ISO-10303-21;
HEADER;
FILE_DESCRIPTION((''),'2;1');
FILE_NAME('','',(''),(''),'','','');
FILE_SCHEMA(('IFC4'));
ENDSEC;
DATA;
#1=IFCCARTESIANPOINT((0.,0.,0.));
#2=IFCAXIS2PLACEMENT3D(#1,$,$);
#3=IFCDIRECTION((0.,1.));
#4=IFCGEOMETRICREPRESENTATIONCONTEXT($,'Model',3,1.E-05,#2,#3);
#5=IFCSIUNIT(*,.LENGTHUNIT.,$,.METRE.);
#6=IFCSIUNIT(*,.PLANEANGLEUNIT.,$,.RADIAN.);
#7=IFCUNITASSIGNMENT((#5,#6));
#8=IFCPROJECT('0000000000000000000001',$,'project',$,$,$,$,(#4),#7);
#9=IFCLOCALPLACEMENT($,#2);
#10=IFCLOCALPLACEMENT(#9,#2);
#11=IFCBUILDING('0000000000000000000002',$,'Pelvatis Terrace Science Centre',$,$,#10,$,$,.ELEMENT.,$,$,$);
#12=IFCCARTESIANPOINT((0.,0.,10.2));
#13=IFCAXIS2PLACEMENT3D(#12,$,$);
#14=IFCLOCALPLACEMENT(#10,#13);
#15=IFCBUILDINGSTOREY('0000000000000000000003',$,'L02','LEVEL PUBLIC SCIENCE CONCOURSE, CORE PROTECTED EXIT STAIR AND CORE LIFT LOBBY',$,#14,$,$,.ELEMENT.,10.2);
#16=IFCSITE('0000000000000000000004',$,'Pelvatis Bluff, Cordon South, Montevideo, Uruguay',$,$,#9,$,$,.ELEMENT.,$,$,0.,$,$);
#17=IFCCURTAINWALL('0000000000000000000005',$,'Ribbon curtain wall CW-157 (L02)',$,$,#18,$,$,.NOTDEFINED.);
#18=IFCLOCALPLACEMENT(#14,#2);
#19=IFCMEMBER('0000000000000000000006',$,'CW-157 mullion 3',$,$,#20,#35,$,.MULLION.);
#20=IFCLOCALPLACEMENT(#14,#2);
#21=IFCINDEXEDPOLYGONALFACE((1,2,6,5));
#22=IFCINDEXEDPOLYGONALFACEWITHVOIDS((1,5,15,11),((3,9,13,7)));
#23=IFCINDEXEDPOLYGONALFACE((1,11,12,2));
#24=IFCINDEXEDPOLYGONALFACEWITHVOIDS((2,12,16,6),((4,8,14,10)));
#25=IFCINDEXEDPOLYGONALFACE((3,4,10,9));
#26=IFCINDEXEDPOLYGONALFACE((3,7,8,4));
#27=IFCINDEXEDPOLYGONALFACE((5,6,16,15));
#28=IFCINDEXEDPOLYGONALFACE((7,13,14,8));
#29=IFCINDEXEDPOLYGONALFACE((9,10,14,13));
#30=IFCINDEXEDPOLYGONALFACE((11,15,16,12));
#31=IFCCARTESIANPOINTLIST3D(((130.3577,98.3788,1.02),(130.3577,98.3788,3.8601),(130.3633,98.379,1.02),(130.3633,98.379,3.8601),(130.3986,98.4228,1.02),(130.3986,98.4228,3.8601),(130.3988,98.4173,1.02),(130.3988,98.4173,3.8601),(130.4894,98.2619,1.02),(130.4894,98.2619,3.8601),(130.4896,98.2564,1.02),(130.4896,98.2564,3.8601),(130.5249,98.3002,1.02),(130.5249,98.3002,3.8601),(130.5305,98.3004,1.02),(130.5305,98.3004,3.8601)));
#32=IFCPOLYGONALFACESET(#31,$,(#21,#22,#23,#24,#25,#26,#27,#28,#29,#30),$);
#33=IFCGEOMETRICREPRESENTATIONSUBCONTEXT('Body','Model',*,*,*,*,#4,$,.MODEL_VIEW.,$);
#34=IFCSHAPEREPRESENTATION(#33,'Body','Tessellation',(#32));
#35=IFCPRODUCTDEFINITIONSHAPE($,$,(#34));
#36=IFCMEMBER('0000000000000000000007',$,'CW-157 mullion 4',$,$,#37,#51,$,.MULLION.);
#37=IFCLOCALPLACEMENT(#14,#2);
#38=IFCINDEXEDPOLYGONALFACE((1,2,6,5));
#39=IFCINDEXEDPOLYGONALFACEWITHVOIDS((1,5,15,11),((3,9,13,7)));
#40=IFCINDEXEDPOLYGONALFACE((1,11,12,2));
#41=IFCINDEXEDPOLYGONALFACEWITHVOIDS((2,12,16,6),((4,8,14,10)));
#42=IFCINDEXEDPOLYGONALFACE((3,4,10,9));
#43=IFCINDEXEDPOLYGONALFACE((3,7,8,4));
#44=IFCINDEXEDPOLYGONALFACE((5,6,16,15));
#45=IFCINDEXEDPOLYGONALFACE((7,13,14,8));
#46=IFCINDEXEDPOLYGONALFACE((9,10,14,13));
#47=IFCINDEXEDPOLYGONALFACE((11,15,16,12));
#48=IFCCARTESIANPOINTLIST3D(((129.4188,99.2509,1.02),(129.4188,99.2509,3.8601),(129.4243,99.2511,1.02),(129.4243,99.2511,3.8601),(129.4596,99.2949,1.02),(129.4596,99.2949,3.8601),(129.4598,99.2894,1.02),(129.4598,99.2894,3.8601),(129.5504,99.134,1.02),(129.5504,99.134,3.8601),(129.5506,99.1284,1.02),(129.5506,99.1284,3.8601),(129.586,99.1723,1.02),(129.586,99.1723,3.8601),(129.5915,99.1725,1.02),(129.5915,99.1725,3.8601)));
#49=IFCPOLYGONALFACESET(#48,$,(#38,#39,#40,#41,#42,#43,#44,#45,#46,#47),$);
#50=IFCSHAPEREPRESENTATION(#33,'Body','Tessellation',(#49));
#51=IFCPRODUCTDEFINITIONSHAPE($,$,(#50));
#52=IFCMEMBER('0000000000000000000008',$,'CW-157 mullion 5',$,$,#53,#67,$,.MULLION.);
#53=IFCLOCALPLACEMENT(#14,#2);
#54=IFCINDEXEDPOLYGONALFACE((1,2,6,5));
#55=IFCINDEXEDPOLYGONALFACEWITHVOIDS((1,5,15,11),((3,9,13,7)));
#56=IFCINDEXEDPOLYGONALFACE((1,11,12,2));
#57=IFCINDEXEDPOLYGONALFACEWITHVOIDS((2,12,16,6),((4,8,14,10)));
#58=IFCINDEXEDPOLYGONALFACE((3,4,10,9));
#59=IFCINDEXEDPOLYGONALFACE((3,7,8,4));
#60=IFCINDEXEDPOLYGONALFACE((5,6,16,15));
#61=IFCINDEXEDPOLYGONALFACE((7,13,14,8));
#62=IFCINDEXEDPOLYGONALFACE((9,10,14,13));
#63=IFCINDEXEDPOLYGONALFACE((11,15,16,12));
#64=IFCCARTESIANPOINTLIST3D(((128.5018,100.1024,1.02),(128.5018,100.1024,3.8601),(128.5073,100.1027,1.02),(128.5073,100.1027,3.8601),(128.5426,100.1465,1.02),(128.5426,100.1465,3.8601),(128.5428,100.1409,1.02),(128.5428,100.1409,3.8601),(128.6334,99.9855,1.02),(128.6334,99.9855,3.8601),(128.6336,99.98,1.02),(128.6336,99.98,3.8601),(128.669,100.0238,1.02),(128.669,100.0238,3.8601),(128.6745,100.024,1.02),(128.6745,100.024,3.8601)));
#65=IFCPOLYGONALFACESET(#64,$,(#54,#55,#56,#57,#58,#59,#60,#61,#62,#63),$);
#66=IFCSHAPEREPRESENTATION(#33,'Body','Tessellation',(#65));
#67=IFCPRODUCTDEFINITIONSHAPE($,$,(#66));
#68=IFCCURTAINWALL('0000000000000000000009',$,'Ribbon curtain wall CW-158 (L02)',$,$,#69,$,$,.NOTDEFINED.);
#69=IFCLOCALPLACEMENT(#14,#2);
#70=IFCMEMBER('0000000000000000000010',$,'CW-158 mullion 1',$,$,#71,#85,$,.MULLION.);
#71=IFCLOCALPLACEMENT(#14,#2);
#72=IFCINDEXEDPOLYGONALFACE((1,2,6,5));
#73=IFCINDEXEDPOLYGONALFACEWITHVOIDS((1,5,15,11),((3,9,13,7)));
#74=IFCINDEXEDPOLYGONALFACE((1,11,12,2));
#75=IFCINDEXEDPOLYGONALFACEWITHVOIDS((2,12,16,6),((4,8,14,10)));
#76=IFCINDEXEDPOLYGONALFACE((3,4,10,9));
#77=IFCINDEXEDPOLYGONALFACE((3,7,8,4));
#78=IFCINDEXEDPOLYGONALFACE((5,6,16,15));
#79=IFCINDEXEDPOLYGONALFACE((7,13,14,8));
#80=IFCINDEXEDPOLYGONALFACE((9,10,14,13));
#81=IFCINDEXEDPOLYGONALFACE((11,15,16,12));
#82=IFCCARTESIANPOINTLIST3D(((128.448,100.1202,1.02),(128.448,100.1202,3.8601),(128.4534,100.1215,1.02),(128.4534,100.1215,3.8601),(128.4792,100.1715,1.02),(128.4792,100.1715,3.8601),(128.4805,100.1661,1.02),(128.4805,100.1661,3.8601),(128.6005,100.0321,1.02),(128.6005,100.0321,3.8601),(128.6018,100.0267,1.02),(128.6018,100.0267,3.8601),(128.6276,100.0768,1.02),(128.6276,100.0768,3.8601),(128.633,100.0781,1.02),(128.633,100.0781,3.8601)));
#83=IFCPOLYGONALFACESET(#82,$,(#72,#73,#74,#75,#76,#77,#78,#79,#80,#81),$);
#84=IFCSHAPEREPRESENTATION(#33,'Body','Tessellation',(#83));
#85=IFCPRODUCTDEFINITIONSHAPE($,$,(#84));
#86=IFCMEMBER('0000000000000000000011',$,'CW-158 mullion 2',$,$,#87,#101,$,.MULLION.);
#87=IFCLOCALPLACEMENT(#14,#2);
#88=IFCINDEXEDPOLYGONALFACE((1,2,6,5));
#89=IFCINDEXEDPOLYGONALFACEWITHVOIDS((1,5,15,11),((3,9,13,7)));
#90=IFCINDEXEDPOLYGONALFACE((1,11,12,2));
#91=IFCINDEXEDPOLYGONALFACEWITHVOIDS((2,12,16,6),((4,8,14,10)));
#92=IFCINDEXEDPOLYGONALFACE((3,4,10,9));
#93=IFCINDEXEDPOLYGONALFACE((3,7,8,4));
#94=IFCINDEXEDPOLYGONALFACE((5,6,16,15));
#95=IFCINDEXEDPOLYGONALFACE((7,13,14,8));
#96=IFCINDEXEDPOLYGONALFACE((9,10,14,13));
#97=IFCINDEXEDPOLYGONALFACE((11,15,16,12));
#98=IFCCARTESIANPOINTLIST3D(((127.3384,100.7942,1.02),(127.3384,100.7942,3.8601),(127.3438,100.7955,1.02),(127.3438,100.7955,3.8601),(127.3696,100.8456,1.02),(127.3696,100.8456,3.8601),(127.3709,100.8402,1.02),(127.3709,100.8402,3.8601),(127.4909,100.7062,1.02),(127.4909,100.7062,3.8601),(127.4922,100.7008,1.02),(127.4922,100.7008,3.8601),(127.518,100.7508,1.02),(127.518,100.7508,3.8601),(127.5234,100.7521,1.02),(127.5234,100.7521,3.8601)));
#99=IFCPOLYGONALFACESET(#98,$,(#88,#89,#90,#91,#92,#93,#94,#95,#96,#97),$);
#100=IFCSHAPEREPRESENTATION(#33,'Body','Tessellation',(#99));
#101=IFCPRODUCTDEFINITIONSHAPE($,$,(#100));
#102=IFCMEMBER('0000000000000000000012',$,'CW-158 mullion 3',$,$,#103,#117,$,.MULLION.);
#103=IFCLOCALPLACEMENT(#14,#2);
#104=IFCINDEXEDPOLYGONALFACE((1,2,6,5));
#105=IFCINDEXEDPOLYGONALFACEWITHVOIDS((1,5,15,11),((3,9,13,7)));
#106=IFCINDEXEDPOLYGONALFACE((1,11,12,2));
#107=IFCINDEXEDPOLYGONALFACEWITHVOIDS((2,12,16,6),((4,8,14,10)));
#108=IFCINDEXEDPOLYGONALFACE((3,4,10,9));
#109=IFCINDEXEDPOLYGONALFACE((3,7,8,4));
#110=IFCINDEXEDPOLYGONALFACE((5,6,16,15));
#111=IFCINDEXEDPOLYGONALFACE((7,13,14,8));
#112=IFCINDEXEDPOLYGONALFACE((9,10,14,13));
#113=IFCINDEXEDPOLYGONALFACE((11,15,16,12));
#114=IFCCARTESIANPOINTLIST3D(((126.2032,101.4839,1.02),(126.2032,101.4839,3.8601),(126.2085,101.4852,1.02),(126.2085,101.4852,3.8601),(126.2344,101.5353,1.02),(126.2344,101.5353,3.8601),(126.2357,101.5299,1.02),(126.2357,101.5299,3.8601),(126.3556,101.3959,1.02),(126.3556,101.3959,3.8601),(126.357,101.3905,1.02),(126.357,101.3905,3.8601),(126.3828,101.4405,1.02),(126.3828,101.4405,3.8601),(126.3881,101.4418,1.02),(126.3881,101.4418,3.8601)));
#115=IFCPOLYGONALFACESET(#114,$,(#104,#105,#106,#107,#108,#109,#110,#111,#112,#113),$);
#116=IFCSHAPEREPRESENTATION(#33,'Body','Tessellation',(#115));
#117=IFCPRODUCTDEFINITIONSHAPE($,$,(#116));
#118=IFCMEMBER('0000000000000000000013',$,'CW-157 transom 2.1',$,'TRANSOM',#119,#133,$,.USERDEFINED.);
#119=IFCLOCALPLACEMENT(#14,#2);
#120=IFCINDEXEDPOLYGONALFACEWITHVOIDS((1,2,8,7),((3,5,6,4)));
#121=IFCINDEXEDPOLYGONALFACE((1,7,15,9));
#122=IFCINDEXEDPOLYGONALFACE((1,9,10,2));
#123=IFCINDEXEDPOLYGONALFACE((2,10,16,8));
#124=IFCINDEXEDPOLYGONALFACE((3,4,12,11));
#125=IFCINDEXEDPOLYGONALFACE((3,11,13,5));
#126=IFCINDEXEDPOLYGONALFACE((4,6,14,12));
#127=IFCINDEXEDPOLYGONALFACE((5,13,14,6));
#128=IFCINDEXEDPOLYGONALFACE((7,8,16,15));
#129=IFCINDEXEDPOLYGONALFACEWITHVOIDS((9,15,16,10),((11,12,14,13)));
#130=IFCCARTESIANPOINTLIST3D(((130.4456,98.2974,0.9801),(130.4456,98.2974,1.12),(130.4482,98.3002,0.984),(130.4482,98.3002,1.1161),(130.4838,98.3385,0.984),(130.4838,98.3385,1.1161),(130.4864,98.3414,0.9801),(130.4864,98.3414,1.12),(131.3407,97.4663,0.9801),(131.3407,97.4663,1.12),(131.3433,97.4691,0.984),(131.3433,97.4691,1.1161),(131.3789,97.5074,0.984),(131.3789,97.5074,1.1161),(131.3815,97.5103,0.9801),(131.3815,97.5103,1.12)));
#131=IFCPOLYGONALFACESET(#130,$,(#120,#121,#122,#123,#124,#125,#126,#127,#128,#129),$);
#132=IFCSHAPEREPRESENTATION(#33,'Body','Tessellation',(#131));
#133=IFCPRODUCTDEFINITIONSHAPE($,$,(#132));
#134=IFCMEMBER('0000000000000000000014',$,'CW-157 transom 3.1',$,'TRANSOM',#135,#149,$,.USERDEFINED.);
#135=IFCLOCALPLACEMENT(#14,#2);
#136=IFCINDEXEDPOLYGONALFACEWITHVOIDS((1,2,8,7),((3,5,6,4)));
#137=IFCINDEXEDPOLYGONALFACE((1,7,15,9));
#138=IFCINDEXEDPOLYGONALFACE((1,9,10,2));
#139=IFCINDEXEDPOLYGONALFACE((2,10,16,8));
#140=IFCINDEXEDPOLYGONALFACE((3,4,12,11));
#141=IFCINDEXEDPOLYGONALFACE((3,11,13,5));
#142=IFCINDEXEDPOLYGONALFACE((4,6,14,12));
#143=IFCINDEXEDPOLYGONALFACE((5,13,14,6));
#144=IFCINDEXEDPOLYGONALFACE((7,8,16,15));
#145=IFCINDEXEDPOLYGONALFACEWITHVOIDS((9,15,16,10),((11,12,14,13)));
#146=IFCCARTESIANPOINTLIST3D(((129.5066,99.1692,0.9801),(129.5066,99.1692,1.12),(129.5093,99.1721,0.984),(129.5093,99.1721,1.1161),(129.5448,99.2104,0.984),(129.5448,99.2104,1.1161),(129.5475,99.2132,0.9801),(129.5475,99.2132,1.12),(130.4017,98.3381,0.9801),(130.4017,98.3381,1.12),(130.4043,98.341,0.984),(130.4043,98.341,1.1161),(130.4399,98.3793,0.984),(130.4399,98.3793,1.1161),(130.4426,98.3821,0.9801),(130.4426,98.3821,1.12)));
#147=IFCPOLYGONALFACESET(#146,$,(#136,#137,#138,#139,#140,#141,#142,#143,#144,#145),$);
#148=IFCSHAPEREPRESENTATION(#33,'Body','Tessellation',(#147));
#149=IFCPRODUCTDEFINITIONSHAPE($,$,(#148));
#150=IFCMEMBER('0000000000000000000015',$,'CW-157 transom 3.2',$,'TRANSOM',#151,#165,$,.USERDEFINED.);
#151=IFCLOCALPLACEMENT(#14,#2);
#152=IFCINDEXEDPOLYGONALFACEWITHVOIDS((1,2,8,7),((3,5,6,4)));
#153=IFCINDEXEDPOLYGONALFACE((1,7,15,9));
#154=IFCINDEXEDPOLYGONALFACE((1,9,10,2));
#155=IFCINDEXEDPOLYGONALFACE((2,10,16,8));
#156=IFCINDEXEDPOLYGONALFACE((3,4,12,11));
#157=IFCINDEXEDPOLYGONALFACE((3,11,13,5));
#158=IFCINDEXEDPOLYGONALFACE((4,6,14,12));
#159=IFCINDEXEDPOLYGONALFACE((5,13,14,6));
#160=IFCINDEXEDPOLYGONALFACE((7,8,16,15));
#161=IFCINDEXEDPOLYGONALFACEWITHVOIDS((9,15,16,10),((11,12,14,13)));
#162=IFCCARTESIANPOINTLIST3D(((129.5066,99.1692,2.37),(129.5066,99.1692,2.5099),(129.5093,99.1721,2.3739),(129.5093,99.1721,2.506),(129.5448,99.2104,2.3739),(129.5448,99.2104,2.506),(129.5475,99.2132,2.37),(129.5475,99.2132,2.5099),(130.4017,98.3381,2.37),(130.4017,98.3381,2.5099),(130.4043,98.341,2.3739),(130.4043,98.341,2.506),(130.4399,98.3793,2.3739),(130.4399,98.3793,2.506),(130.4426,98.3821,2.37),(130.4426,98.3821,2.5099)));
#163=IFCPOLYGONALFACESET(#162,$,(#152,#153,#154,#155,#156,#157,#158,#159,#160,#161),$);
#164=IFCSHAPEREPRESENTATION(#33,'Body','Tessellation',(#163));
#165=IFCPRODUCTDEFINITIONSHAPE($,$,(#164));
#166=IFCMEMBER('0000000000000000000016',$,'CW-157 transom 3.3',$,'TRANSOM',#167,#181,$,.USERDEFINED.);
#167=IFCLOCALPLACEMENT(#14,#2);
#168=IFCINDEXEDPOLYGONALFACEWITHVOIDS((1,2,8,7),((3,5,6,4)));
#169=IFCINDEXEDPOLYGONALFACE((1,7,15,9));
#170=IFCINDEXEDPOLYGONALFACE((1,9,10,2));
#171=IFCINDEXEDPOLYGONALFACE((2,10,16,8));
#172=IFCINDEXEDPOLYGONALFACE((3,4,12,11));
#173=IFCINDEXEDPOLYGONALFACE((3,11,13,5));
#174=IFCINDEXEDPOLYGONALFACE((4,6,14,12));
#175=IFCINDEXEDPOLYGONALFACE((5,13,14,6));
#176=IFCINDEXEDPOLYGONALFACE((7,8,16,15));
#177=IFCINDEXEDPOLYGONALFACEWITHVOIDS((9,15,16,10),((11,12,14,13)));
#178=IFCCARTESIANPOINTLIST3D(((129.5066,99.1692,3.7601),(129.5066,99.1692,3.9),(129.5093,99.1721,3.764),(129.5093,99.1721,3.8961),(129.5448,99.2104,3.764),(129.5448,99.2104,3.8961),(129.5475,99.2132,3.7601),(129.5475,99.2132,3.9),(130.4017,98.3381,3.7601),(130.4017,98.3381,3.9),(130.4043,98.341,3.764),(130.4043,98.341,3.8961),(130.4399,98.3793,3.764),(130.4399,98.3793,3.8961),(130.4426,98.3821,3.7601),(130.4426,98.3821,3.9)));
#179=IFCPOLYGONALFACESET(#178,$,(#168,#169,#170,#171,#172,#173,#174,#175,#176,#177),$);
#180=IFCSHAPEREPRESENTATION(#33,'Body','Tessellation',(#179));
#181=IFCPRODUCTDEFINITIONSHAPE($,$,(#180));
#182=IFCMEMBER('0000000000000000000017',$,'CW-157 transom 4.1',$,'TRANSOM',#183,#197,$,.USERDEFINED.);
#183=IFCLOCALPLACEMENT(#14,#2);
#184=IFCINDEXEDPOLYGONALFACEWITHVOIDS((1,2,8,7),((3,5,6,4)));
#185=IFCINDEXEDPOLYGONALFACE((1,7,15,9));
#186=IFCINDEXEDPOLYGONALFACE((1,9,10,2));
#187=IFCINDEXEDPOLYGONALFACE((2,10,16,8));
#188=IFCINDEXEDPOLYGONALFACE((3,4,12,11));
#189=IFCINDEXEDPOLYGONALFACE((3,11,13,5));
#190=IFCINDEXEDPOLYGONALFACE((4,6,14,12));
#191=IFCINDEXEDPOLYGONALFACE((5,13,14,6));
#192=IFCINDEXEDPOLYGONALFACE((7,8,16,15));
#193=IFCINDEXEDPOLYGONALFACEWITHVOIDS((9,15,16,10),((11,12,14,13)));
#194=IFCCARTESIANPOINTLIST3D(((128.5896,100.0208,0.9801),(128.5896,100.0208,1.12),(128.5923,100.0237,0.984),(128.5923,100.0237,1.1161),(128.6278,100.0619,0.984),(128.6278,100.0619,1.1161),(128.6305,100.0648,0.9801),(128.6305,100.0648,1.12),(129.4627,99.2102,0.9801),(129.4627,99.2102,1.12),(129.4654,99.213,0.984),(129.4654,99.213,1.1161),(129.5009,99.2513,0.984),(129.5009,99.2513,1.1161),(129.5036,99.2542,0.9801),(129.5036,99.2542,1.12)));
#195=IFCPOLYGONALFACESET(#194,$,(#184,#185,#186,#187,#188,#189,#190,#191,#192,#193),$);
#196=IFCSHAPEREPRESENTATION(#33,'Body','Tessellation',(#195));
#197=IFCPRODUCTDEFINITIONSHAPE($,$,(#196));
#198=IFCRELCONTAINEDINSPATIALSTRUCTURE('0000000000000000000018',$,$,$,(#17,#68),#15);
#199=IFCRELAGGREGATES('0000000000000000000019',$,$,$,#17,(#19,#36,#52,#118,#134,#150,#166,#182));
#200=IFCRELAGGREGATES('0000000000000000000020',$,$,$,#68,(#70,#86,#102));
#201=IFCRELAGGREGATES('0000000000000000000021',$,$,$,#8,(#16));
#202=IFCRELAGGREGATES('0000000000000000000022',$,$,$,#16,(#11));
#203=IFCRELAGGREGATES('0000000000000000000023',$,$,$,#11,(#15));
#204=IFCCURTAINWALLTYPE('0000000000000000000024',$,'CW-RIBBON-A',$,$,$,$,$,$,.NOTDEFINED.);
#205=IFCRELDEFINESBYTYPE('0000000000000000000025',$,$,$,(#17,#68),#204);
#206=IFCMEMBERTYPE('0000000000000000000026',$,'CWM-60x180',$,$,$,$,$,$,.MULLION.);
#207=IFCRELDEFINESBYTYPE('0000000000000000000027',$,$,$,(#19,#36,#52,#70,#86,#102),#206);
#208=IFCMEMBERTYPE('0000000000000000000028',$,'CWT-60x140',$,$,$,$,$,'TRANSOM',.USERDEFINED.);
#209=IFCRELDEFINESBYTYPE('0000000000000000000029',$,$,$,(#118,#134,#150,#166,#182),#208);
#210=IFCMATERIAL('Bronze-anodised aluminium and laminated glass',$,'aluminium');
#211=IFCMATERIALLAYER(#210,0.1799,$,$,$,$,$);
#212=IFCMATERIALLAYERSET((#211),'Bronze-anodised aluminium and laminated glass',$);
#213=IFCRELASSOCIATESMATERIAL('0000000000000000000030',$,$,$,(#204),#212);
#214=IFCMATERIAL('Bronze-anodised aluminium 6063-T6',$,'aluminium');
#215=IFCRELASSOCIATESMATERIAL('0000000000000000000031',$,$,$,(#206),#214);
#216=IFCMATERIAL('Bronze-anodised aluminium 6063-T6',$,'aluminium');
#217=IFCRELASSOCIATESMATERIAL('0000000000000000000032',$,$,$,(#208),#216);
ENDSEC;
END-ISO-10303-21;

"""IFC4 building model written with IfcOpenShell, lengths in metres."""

from ifc_helpers import new_model, si_unit, direction, frame, origin, origin_2d, place, context, subcontext, project, spatial, hollow_rectangle, extrude, material, layer, layer_set, material_profile, profile_set, type_object, element, aggregate, save


model = new_model("IFC4")

# Units and contexts
model_context = context("Model", 3, precision=1e-05, world=origin(), true_north=direction((0.0, 1.0)))
body_context = subcontext(model_context, "Body", "Model", "MODEL_VIEW")
ifc_project = project(units=[si_unit("LENGTHUNIT", "METRE"), si_unit("PLANEANGLEUNIT", "RADIAN")], contexts=[model_context])

# Site, building, storey
site_placement = place(None, origin())
site = spatial("IfcSite", under=ifc_project, at=site_placement, Name="Pelvatis Bluff, Cordon South, Montevideo, Uruguay", CompositionType="ELEMENT", RefElevation=0.0)
building_placement = place(site_placement, origin())
building = spatial("IfcBuilding", under=site, at=building_placement, Name="Pelvatis Terrace Science Centre", CompositionType="ELEMENT")
storey_placement = place(building_placement, frame((0.0, 0.0, 10.2)))
storey = spatial("IfcBuildingStorey", under=building, at=storey_placement, Name="L02", Description="LEVEL PUBLIC SCIENCE CONCOURSE, CORE PROTECTED EXIT STAIR AND CORE LIFT LOBBY", CompositionType="ELEMENT", Elevation=10.2)

# Curtain walls, members
ifc_material_1 = material(Name="Bronze-anodised aluminium and laminated glass", Category="aluminium")
ifc_layer_1 = layer(ifc_material_1, 0.1799)
ifc_layer_set_1 = layer_set([ifc_layer_1], Name="Bronze-anodised aluminium and laminated glass")
curtain_wall_type = type_object("IfcCurtainWallType", Name="CW-RIBBON-A", PredefinedType="NOTDEFINED", material=ifc_layer_set_1)
curtain_wall_1_placement = place(storey_placement, origin())
curtain_wall_1 = element("IfcCurtainWall", 1, at=curtain_wall_1_placement, inside=storey, type_object=curtain_wall_type, Name="Ribbon curtain wall CW-157 (L02)", PredefinedType="NOTDEFINED")
ifc_material_2 = material(Name="Bronze-anodised aluminium 6063-T6", Category="aluminium")
ifc_material_profile_1 = material_profile(ifc_material_2, hollow_rectangle(XDim=0.0601, YDim=0.1799, WallThickness=0.0039, at=origin_2d()), Name="ALU-MUL 60x180")
ifc_profile_set_1 = profile_set([ifc_material_profile_1], Name="Bronze-anodised aluminium 6063-T6")
member_type_1 = type_object("IfcMemberType", Name="CWM-60x180", PredefinedType="MULLION", material=ifc_profile_set_1)
member_1_placement = place(storey_placement, frame((130.4441, 98.3396, 1.02), z_axis=(0.0, 0.0, 1.0), x_axis=(-0.68047, -0.732776, 0.0)))
member_1 = element("IfcMember", 2, at=member_1_placement, type_object=member_type_1, Name="CW-157 mullion 3", PredefinedType="MULLION", context=body_context, shape_type="SweptSolid", body=[
    extrude(hollow_rectangle(XDim=0.0601, YDim=0.1799, WallThickness=0.0039, at=origin_2d()), origin(), (0.0, 0.0, 1.0), 2.8401),
])
member_2_placement = place(storey_placement, frame((129.5051, 99.2117, 1.02), z_axis=(0.0, 0.0, 1.0), x_axis=(-0.68047, -0.732776, 0.0)))
member_2 = element("IfcMember", 3, at=member_2_placement, type_object=member_type_1, Name="CW-157 mullion 4", PredefinedType="MULLION", context=body_context, shape_type="SweptSolid", body=[
    extrude(hollow_rectangle(XDim=0.0601, YDim=0.1799, WallThickness=0.0039, at=origin_2d()), origin(), (0.0, 0.0, 1.0), 2.8401),
])
member_3_placement = place(storey_placement, frame((128.5881, 100.0632, 1.02), z_axis=(0.0, 0.0, 1.0), x_axis=(-0.68047, -0.732776, 0.0)))
member_3 = element("IfcMember", 4, at=member_3_placement, type_object=member_type_1, Name="CW-157 mullion 5", PredefinedType="MULLION", context=body_context, shape_type="SweptSolid", body=[
    extrude(hollow_rectangle(XDim=0.0601, YDim=0.1799, WallThickness=0.0039, at=origin_2d()), origin(), (0.0, 0.0, 1.0), 2.8401),
])
curtain_wall_2_placement = place(storey_placement, origin())
curtain_wall_2 = element("IfcCurtainWall", 5, at=curtain_wall_2_placement, inside=storey, type_object=curtain_wall_type, Name="Ribbon curtain wall CW-158 (L02)", PredefinedType="NOTDEFINED")
member_4_placement = place(storey_placement, frame((128.5405, 100.0991, 1.02), z_axis=(0.0, 0.0, 1.0), x_axis=(-0.51919, -0.854659, 0.0)))
member_4 = element("IfcMember", 6, at=member_4_placement, type_object=member_type_1, Name="CW-158 mullion 1", PredefinedType="MULLION", context=body_context, shape_type="SweptSolid", body=[
    extrude(hollow_rectangle(XDim=0.0601, YDim=0.1799, WallThickness=0.0039, at=origin_2d()), origin(), (0.0, 0.0, 1.0), 2.8401),
])
member_5_placement = place(storey_placement, frame((127.4309, 100.7732, 1.02), z_axis=(0.0, 0.0, 1.0), x_axis=(-0.51919, -0.854659, 0.0)))
member_5 = element("IfcMember", 7, at=member_5_placement, type_object=member_type_1, Name="CW-158 mullion 2", PredefinedType="MULLION", context=body_context, shape_type="SweptSolid", body=[
    extrude(hollow_rectangle(XDim=0.0601, YDim=0.1799, WallThickness=0.0039, at=origin_2d()), origin(), (0.0, 0.0, 1.0), 2.8401),
])
member_6_placement = place(storey_placement, frame((126.2957, 101.4629, 1.02), z_axis=(0.0, 0.0, 1.0), x_axis=(-0.51919, -0.854659, 0.0)))
member_6 = element("IfcMember", 8, at=member_6_placement, type_object=member_type_1, Name="CW-158 mullion 3", PredefinedType="MULLION", context=body_context, shape_type="SweptSolid", body=[
    extrude(hollow_rectangle(XDim=0.0601, YDim=0.1799, WallThickness=0.0039, at=origin_2d()), origin(), (0.0, 0.0, 1.0), 2.8401),
])

# Members
ifc_material_3 = material(Name="Bronze-anodised aluminium 6063-T6", Category="aluminium")
ifc_material_profile_2 = material_profile(ifc_material_3, hollow_rectangle(XDim=0.0601, YDim=0.1399, WallThickness=0.0039, at=origin_2d()), Name="ALU-TRN 60x140")
ifc_profile_set_2 = profile_set([ifc_material_profile_2], Name="Bronze-anodised aluminium 6063-T6")
member_type_2 = type_object("IfcMemberType", Name="CWT-60x140", ElementType="TRANSOM", PredefinedType="USERDEFINED", material=ifc_profile_set_2)
member_7_placement = place(storey_placement, frame((131.3611, 97.4883, 1.05), z_axis=(-0.732808, 0.680436, 0.0), x_axis=(-0.680436, -0.732808, 0.0)))
member_7 = element("IfcMember", 9, at=member_7_placement, type_object=member_type_2, Name="CW-157 transom 2.1", ObjectType="TRANSOM", PredefinedType="USERDEFINED", context=body_context, shape_type="SweptSolid", body=[
    extrude(hollow_rectangle(XDim=0.0601, YDim=0.1399, WallThickness=0.0039, at=origin_2d()), origin(), (0.0, 0.0, 1.0), 1.2214),
])
member_8_placement = place(storey_placement, frame((130.4221, 98.3601, 1.05), z_axis=(-0.732808, 0.680436, 0.0), x_axis=(-0.680436, -0.732808, 0.0)))
member_8 = element("IfcMember", 10, at=member_8_placement, type_object=member_type_2, Name="CW-157 transom 3.1", ObjectType="TRANSOM", PredefinedType="USERDEFINED", context=body_context, shape_type="SweptSolid", body=[
    extrude(hollow_rectangle(XDim=0.0601, YDim=0.1399, WallThickness=0.0039, at=origin_2d()), origin(), (0.0, 0.0, 1.0), 1.2214),
])
member_9_placement = place(storey_placement, frame((130.4221, 98.3601, 2.4399), z_axis=(-0.732808, 0.680436, 0.0), x_axis=(-0.680436, -0.732808, 0.0)))
member_9 = element("IfcMember", 11, at=member_9_placement, type_object=member_type_2, Name="CW-157 transom 3.2", ObjectType="TRANSOM", PredefinedType="USERDEFINED", context=body_context, shape_type="SweptSolid", body=[
    extrude(hollow_rectangle(XDim=0.0601, YDim=0.1399, WallThickness=0.0039, at=origin_2d()), origin(), (0.0, 0.0, 1.0), 1.2214),
])
member_10_placement = place(storey_placement, frame((130.4221, 98.3601, 3.8301), z_axis=(-0.732808, 0.680436, 0.0), x_axis=(-0.680436, -0.732808, 0.0)))
member_10 = element("IfcMember", 12, at=member_10_placement, type_object=member_type_2, Name="CW-157 transom 3.3", ObjectType="TRANSOM", PredefinedType="USERDEFINED", context=body_context, shape_type="SweptSolid", body=[
    extrude(hollow_rectangle(XDim=0.0601, YDim=0.1399, WallThickness=0.0039, at=origin_2d()), origin(), (0.0, 0.0, 1.0), 1.2214),
])
member_11_placement = place(storey_placement, frame((129.4832, 99.2322, 1.05), z_axis=(-0.732852, 0.680388, 0.0), x_axis=(-0.680388, -0.732852, 0.0)))
member_11 = element("IfcMember", 13, at=member_11_placement, type_object=member_type_2, Name="CW-157 transom 4.1", ObjectType="TRANSOM", PredefinedType="USERDEFINED", context=body_context, shape_type="SweptSolid", body=[
    extrude(hollow_rectangle(XDim=0.0601, YDim=0.1399, WallThickness=0.0039, at=origin_2d()), origin(), (0.0, 0.0, 1.0), 1.1914),
])

aggregate(curtain_wall_1, [member_1, member_2, member_3, member_7, member_8, member_9, member_10, member_11])
aggregate(curtain_wall_2, [member_4, member_5, member_6])

save(model, "model.ifc")
